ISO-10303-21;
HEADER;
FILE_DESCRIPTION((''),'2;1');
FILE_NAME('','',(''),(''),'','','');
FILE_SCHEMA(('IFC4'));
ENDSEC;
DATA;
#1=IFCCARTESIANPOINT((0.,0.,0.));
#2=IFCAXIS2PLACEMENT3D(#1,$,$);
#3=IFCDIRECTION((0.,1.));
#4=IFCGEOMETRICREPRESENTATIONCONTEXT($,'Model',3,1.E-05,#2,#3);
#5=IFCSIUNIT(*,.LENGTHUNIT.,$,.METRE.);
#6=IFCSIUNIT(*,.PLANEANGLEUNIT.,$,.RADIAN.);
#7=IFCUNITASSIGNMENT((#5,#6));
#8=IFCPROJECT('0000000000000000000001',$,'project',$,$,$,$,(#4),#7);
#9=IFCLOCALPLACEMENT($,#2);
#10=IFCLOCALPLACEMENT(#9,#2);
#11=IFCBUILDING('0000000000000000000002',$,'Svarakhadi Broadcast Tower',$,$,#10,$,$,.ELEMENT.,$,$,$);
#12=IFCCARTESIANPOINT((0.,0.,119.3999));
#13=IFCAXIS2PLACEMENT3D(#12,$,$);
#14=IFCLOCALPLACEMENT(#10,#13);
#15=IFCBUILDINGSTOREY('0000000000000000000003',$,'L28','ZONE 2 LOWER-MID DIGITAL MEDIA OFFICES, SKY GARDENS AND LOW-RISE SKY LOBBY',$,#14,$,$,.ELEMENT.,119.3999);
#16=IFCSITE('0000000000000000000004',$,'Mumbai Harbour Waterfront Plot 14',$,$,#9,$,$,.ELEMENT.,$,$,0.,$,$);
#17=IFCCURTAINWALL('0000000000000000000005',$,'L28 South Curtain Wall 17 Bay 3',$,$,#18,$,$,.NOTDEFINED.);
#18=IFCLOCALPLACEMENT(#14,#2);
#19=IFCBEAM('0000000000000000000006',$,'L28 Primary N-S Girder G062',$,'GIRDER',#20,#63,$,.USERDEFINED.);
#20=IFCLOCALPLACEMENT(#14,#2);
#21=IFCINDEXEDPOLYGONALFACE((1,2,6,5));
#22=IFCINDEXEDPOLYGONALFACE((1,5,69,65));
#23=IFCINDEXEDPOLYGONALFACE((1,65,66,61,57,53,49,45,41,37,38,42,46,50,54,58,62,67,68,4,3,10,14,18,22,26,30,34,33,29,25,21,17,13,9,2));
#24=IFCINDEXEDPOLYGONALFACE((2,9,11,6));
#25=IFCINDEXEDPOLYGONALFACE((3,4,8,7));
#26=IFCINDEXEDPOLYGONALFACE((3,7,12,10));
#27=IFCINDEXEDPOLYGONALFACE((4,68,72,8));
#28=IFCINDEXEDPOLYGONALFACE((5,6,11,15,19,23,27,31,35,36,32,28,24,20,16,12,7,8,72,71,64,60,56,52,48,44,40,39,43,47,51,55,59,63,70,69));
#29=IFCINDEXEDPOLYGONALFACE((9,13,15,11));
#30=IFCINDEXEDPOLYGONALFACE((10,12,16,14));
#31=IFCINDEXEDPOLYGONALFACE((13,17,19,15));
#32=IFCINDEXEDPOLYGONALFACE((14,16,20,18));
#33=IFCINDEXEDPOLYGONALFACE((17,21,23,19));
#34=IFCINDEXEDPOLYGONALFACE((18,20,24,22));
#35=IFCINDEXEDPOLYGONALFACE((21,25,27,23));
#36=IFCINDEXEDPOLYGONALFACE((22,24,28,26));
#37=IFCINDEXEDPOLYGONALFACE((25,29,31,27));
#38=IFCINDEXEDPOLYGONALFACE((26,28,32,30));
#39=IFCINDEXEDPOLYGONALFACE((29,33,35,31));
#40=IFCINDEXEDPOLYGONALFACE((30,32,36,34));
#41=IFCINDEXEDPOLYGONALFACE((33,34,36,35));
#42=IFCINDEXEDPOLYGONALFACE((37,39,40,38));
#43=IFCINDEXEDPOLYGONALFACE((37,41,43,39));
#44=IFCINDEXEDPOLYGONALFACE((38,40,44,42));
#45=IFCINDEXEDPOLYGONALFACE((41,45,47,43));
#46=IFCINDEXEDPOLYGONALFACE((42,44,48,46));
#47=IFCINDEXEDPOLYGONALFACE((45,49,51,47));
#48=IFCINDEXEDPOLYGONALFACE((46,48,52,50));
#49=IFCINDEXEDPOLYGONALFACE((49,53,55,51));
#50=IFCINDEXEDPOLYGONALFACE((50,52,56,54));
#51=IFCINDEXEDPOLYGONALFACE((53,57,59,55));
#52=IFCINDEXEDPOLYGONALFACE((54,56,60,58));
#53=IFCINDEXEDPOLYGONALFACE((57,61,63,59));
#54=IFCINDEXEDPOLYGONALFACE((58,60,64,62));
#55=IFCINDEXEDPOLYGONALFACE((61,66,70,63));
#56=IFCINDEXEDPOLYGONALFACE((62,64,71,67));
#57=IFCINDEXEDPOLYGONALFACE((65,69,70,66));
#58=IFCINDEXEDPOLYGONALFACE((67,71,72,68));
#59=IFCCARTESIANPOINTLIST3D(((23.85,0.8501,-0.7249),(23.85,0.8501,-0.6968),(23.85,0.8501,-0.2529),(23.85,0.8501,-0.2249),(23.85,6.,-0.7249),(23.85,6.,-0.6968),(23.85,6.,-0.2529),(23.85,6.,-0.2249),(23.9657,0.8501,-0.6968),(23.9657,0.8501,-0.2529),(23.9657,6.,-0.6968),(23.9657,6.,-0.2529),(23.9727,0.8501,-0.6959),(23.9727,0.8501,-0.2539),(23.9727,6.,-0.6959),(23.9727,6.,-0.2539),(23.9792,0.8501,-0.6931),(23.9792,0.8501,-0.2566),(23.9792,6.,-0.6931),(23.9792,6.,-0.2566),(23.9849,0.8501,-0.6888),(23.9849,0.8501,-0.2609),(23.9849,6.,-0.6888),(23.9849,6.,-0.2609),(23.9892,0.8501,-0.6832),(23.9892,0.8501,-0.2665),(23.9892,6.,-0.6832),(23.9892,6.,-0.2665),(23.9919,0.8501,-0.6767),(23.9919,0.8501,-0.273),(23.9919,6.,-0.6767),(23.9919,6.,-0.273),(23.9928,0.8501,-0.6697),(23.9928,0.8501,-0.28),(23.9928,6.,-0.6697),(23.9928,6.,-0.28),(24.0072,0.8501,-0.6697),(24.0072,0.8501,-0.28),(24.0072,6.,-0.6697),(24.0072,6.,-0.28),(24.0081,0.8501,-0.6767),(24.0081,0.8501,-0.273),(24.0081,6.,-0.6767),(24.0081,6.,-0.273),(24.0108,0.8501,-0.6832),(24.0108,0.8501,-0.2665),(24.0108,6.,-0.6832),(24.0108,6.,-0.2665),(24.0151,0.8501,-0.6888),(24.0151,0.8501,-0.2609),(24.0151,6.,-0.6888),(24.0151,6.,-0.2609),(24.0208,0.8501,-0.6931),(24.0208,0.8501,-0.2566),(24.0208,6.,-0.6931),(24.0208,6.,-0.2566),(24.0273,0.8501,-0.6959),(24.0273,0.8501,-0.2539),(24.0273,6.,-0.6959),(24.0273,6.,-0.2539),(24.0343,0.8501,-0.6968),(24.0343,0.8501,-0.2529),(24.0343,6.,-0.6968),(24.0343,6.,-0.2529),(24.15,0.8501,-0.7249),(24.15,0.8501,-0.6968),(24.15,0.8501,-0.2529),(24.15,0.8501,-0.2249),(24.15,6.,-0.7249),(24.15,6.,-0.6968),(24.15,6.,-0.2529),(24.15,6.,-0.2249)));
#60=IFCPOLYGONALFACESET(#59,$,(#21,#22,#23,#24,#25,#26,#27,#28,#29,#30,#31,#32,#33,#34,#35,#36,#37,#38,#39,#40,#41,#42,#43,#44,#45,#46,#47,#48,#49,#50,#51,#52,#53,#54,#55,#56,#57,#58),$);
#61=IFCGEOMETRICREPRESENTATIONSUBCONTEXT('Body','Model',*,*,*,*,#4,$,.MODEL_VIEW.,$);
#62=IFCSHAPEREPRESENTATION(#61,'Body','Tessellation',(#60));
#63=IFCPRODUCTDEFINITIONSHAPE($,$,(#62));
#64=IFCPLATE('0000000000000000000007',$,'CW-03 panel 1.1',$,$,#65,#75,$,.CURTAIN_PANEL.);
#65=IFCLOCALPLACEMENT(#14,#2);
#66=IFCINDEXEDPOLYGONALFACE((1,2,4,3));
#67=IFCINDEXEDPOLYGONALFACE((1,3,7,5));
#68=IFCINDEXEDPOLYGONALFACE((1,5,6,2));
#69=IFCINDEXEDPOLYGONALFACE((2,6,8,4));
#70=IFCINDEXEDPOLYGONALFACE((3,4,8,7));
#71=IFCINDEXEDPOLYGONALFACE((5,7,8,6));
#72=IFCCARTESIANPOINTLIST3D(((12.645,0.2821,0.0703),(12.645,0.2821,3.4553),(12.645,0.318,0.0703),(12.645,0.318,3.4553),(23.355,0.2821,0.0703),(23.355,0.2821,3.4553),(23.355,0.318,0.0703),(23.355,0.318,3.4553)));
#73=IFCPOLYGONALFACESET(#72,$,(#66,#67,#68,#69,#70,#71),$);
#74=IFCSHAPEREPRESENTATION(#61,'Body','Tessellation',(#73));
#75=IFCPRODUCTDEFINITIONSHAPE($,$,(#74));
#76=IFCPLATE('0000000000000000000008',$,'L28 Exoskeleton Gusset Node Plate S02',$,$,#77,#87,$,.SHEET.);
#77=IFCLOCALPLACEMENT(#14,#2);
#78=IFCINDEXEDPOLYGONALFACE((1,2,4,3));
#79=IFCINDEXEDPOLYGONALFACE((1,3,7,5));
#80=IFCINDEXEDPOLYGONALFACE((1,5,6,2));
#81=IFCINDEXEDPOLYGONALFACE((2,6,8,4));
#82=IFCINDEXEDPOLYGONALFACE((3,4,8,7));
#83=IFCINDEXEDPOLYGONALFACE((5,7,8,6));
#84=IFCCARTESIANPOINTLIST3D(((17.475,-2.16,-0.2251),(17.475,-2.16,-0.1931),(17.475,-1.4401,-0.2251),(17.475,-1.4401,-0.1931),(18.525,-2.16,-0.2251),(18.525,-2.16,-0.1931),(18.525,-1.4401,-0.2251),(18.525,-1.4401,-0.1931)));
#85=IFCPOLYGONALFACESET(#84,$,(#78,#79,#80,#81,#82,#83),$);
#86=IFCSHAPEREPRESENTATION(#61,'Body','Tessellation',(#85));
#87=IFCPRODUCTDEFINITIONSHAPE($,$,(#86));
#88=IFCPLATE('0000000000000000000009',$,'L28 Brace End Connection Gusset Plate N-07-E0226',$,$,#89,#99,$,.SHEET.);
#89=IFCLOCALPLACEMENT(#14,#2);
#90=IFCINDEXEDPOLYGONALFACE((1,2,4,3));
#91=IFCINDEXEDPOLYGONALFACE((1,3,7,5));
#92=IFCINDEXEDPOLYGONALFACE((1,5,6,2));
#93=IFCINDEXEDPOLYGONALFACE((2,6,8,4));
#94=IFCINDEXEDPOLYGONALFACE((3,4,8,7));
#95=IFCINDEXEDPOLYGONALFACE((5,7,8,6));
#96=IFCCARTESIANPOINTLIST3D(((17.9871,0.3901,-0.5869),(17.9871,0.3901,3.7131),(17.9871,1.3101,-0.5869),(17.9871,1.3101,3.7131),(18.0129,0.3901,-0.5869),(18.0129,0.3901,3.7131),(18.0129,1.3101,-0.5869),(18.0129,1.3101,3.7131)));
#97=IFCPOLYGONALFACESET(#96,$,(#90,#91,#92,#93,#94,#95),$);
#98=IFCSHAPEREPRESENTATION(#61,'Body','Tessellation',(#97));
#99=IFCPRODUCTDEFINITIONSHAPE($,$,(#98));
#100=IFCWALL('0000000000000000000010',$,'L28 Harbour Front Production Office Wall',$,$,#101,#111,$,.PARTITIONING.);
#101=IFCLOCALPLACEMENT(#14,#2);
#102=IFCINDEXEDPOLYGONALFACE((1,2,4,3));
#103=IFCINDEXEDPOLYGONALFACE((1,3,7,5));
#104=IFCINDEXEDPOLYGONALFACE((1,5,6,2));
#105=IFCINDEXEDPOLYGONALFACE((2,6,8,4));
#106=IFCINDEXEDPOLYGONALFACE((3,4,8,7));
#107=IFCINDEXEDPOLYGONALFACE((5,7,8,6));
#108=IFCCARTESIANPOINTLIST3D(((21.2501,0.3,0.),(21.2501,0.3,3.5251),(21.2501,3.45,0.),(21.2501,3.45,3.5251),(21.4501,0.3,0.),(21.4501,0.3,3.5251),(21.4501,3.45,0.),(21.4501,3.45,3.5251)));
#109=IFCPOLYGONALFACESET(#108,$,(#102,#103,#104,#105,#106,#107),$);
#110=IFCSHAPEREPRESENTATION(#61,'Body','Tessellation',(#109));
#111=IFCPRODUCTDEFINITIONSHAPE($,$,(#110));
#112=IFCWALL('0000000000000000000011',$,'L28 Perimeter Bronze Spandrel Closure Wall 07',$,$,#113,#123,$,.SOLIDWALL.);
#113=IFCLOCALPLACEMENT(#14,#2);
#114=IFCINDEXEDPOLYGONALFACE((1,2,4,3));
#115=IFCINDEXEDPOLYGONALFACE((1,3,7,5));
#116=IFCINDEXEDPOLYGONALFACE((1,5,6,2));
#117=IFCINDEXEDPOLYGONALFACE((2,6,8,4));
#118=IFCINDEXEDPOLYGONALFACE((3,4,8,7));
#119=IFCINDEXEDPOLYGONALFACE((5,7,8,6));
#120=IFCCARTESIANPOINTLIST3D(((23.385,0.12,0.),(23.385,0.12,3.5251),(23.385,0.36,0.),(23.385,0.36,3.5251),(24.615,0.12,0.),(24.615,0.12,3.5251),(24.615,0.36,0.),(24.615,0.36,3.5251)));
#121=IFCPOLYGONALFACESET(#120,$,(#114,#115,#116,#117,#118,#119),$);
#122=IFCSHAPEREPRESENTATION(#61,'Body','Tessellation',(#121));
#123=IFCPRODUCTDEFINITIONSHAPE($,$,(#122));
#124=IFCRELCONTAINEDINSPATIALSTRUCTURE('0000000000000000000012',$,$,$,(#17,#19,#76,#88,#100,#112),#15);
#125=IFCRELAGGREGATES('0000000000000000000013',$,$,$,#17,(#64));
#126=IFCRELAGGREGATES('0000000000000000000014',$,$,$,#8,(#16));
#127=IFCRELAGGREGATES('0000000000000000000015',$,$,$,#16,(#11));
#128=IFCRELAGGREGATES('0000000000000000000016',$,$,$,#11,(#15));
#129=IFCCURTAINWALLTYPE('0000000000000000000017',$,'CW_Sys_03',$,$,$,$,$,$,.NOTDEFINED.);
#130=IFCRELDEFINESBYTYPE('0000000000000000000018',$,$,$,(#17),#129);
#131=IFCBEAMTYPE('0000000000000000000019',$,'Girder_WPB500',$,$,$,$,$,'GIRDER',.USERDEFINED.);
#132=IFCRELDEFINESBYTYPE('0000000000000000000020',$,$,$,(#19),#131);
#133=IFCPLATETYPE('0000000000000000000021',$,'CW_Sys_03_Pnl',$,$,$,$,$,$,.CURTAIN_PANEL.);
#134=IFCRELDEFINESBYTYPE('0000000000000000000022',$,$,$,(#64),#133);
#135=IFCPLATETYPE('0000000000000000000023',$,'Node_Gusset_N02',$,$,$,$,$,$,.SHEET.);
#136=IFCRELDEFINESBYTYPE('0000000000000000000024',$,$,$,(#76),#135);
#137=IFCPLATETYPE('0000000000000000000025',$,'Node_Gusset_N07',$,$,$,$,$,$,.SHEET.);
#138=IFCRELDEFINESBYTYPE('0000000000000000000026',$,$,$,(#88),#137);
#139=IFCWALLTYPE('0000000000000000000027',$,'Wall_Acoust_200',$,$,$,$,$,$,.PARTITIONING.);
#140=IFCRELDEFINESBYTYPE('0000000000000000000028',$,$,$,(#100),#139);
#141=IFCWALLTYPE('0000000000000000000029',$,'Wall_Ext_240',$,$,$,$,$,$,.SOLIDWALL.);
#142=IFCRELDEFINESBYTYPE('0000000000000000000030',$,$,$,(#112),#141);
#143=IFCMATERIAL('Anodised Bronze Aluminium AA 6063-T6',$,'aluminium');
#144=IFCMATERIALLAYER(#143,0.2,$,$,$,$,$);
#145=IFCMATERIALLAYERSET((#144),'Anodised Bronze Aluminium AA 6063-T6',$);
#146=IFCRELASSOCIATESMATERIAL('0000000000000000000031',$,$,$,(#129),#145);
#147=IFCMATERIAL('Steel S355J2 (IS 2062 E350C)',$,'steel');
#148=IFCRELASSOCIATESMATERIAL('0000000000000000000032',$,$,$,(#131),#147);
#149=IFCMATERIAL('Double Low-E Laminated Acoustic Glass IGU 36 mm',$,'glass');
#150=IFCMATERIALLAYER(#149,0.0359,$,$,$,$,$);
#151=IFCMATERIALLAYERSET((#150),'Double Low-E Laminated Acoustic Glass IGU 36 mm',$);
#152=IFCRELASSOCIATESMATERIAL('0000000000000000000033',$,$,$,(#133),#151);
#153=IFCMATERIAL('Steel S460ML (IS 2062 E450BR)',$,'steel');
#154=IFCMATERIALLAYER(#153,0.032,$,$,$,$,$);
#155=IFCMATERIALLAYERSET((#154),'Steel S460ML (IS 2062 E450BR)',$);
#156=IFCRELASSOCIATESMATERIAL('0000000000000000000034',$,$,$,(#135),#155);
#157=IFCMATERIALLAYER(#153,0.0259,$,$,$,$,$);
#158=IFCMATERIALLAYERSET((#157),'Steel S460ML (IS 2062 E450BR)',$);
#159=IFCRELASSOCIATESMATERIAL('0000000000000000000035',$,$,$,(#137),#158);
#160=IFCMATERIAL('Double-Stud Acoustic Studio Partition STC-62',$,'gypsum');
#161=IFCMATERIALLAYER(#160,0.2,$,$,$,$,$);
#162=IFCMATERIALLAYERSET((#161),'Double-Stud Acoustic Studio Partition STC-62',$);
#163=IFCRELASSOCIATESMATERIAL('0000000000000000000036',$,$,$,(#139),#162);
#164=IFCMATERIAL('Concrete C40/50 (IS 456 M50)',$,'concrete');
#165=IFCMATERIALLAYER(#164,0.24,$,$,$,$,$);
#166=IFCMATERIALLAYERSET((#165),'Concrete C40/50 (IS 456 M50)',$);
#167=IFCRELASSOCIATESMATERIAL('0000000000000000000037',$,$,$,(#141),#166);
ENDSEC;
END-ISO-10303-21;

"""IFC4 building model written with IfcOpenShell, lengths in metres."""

from ifc_helpers import new_model, si_unit, direction, frame, frame_2d, origin, origin_2d, place, context, subcontext, project, spatial, rectangle, i_section, extrude, material, layer, layer_set, material_profile, profile_set, type_object, element, aggregate, save


model = new_model("IFC4")

# Units and contexts
model_context = context("Model", 3, precision=1e-05, world=origin(), true_north=direction((0.0, 1.0)))
body_context = subcontext(model_context, "Body", "Model", "MODEL_VIEW")
ifc_project = project(units=[si_unit("LENGTHUNIT", "METRE"), si_unit("PLANEANGLEUNIT", "RADIAN")], contexts=[model_context])

# Site, building, storey
site_placement = place(None, origin())
site = spatial("IfcSite", under=ifc_project, at=site_placement, Name="Mumbai Harbour Waterfront Plot 14", CompositionType="ELEMENT", RefElevation=0.0)
building_placement = place(site_placement, origin())
building = spatial("IfcBuilding", under=site, at=building_placement, Name="Svarakhadi Broadcast Tower", CompositionType="ELEMENT")
storey_placement = place(building_placement, frame((0.0, 0.0, 119.3999)))
storey = spatial("IfcBuildingStorey", under=building, at=storey_placement, Name="L28", Description="ZONE 2 LOWER-MID DIGITAL MEDIA OFFICES, SKY GARDENS AND LOW-RISE SKY LOBBY", CompositionType="ELEMENT", Elevation=119.3999)

# Shared definitions
ifc_material_1 = material(Name="Anodised Bronze Aluminium AA 6063-T6", Category="aluminium")
ifc_layer_1 = layer(ifc_material_1, 0.2)
ifc_layer_set_1 = layer_set([ifc_layer_1], Name="Anodised Bronze Aluminium AA 6063-T6")
curtain_wall_type = type_object("IfcCurtainWallType", Name="CW_Sys_03", PredefinedType="NOTDEFINED", material=ifc_layer_set_1)

# Curtain wall
curtain_wall_1_placement = place(storey_placement, origin())
curtain_wall_1 = element("IfcCurtainWall", 1, at=curtain_wall_1_placement, inside=storey, type_object=curtain_wall_type, Name="L28 South Curtain Wall 17 Bay 3", PredefinedType="NOTDEFINED")

# Shared definitions
ifc_material_2 = material(Name="Steel S460ML (IS 2062 E450BR)", Category="steel")

# Beam
ifc_material_3 = material(Name="Steel S355J2 (IS 2062 E350C)", Category="steel")
ifc_material_profile_1 = material_profile(ifc_material_3, i_section(OverallWidth=0.3, OverallDepth=0.5, WebThickness=0.0144, FlangeThickness=0.0281, FilletRadius=0.0271, at=origin_2d()), Name="WPB 500x300x187")
ifc_profile_set_1 = profile_set([ifc_material_profile_1], Name="Steel S355J2 (IS 2062 E350C)")
beam_type = type_object("IfcBeamType", Name="Girder_WPB500", ElementType="GIRDER", PredefinedType="USERDEFINED", material=ifc_profile_set_1)
beam_1_placement = place(storey_placement, frame((24.0, 0.8501, -0.4749), z_axis=(0.0, 1.0, 0.0), x_axis=(-1.0, 0.0, 0.0)))
element("IfcBeam", 2, at=beam_1_placement, inside=storey, type_object=beam_type, Name="L28 Primary N-S Girder G062", ObjectType="GIRDER", PredefinedType="USERDEFINED", context=body_context, shape_type="SweptSolid", body=[
    extrude(i_section(OverallWidth=0.3, OverallDepth=0.5, WebThickness=0.0144, FlangeThickness=0.0281, FilletRadius=0.0271, at=origin_2d()), origin(), (0.0, 0.0, 1.0), 5.1499),
])

# Plate
ifc_material_4 = material(Name="Double Low-E Laminated Acoustic Glass IGU 36 mm", Category="glass")
ifc_layer_2 = layer(ifc_material_4, 0.0359)
ifc_layer_set_2 = layer_set([ifc_layer_2], Name="Double Low-E Laminated Acoustic Glass IGU 36 mm")
plate_type_1 = type_object("IfcPlateType", Name="CW_Sys_03_Pnl", PredefinedType="CURTAIN_PANEL", material=ifc_layer_set_2)
plate_1_placement = place(storey_placement, frame((18.0, 0.3, 0.0703), z_axis=(0.0, 0.0, 1.0), x_axis=(-1.0, 0.0, 0.0)))
plate_1 = element("IfcPlate", 3, at=plate_1_placement, type_object=plate_type_1, Name="CW-03 panel 1.1", PredefinedType="CURTAIN_PANEL", context=body_context, shape_type="SweptSolid", body=[
    extrude(rectangle(XDim=10.71, YDim=0.0359, at=origin_2d()), origin(), (0.0, 0.0, 1.0), 3.385),
])
aggregate(curtain_wall_1, [plate_1])

# Plates
ifc_layer_3 = layer(ifc_material_2, 0.032)
ifc_layer_set_3 = layer_set([ifc_layer_3], Name="Steel S460ML (IS 2062 E450BR)")
plate_type_2 = type_object("IfcPlateType", Name="Node_Gusset_N02", PredefinedType="SHEET", material=ifc_layer_set_3)
plate_2_placement = place(storey_placement, frame((18.0, -1.8, -0.2251), z_axis=(0.0, 0.0, 1.0), x_axis=(1.0, 0.0, 0.0)))
element("IfcPlate", 4, at=plate_2_placement, inside=storey, type_object=plate_type_2, Name="L28 Exoskeleton Gusset Node Plate S02", PredefinedType="SHEET", context=body_context, shape_type="SweptSolid", body=[
    extrude(rectangle(XDim=1.05, YDim=0.72, at=origin_2d()), origin(), (0.0, 0.0, 1.0), 0.032),
])
ifc_layer_4 = layer(ifc_material_2, 0.0259)
ifc_layer_set_4 = layer_set([ifc_layer_4], Name="Steel S460ML (IS 2062 E450BR)")
plate_type_3 = type_object("IfcPlateType", Name="Node_Gusset_N07", PredefinedType="SHEET", material=ifc_layer_set_4)
plate_3_placement = place(storey_placement, frame((18.0, 0.8501, -0.5869), z_axis=(0.0, 0.0, 1.0), x_axis=(0.0, 1.0, 0.0)))
element("IfcPlate", 5, at=plate_3_placement, inside=storey, type_object=plate_type_3, Name="L28 Brace End Connection Gusset Plate N-07-E0226", PredefinedType="SHEET", context=body_context, shape_type="SweptSolid", body=[
    extrude(rectangle(XDim=0.9199, YDim=0.0259, at=origin_2d()), origin(), (0.0, 0.0, 1.0), 4.3),
])

# Walls
ifc_material_5 = material(Name="Double-Stud Acoustic Studio Partition STC-62", Category="gypsum")
ifc_layer_5 = layer(ifc_material_5, 0.2)
ifc_layer_set_5 = layer_set([ifc_layer_5], Name="Double-Stud Acoustic Studio Partition STC-62")
wall_type_1 = type_object("IfcWallType", Name="Wall_Acoust_200", PredefinedType="PARTITIONING", material=ifc_layer_set_5)
wall_1_placement = place(storey_placement, frame((21.3501, 0.3, 0.0), z_axis=(0.0, 0.0, 1.0), x_axis=(0.0, 1.0, 0.0)))
element("IfcWall", 6, at=wall_1_placement, inside=storey, type_object=wall_type_1, Name="L28 Harbour Front Production Office Wall", PredefinedType="PARTITIONING", context=body_context, shape_type="SweptSolid", body=[
    extrude(rectangle(XDim=3.1499, YDim=0.2, at=frame_2d((1.575, 0.0))), origin(), (0.0, 0.0, 1.0), 3.5251),
])
ifc_material_6 = material(Name="Concrete C40/50 (IS 456 M50)", Category="concrete")
ifc_layer_6 = layer(ifc_material_6, 0.24)
ifc_layer_set_6 = layer_set([ifc_layer_6], Name="Concrete C40/50 (IS 456 M50)")
wall_type_2 = type_object("IfcWallType", Name="Wall_Ext_240", PredefinedType="SOLIDWALL", material=ifc_layer_set_6)
wall_2_placement = place(storey_placement, frame((24.615, 0.24, 0.0), z_axis=(0.0, 0.0, 1.0), x_axis=(-1.0, 0.0, 0.0)))
element("IfcWall", 7, at=wall_2_placement, inside=storey, type_object=wall_type_2, Name="L28 Perimeter Bronze Spandrel Closure Wall 07", PredefinedType="SOLIDWALL", context=body_context, shape_type="SweptSolid", body=[
    extrude(rectangle(XDim=1.23, YDim=0.24, at=frame_2d((0.615, 0.0))), origin(), (0.0, 0.0, 1.0), 3.5251),
])

save(model, "model.ifc")
